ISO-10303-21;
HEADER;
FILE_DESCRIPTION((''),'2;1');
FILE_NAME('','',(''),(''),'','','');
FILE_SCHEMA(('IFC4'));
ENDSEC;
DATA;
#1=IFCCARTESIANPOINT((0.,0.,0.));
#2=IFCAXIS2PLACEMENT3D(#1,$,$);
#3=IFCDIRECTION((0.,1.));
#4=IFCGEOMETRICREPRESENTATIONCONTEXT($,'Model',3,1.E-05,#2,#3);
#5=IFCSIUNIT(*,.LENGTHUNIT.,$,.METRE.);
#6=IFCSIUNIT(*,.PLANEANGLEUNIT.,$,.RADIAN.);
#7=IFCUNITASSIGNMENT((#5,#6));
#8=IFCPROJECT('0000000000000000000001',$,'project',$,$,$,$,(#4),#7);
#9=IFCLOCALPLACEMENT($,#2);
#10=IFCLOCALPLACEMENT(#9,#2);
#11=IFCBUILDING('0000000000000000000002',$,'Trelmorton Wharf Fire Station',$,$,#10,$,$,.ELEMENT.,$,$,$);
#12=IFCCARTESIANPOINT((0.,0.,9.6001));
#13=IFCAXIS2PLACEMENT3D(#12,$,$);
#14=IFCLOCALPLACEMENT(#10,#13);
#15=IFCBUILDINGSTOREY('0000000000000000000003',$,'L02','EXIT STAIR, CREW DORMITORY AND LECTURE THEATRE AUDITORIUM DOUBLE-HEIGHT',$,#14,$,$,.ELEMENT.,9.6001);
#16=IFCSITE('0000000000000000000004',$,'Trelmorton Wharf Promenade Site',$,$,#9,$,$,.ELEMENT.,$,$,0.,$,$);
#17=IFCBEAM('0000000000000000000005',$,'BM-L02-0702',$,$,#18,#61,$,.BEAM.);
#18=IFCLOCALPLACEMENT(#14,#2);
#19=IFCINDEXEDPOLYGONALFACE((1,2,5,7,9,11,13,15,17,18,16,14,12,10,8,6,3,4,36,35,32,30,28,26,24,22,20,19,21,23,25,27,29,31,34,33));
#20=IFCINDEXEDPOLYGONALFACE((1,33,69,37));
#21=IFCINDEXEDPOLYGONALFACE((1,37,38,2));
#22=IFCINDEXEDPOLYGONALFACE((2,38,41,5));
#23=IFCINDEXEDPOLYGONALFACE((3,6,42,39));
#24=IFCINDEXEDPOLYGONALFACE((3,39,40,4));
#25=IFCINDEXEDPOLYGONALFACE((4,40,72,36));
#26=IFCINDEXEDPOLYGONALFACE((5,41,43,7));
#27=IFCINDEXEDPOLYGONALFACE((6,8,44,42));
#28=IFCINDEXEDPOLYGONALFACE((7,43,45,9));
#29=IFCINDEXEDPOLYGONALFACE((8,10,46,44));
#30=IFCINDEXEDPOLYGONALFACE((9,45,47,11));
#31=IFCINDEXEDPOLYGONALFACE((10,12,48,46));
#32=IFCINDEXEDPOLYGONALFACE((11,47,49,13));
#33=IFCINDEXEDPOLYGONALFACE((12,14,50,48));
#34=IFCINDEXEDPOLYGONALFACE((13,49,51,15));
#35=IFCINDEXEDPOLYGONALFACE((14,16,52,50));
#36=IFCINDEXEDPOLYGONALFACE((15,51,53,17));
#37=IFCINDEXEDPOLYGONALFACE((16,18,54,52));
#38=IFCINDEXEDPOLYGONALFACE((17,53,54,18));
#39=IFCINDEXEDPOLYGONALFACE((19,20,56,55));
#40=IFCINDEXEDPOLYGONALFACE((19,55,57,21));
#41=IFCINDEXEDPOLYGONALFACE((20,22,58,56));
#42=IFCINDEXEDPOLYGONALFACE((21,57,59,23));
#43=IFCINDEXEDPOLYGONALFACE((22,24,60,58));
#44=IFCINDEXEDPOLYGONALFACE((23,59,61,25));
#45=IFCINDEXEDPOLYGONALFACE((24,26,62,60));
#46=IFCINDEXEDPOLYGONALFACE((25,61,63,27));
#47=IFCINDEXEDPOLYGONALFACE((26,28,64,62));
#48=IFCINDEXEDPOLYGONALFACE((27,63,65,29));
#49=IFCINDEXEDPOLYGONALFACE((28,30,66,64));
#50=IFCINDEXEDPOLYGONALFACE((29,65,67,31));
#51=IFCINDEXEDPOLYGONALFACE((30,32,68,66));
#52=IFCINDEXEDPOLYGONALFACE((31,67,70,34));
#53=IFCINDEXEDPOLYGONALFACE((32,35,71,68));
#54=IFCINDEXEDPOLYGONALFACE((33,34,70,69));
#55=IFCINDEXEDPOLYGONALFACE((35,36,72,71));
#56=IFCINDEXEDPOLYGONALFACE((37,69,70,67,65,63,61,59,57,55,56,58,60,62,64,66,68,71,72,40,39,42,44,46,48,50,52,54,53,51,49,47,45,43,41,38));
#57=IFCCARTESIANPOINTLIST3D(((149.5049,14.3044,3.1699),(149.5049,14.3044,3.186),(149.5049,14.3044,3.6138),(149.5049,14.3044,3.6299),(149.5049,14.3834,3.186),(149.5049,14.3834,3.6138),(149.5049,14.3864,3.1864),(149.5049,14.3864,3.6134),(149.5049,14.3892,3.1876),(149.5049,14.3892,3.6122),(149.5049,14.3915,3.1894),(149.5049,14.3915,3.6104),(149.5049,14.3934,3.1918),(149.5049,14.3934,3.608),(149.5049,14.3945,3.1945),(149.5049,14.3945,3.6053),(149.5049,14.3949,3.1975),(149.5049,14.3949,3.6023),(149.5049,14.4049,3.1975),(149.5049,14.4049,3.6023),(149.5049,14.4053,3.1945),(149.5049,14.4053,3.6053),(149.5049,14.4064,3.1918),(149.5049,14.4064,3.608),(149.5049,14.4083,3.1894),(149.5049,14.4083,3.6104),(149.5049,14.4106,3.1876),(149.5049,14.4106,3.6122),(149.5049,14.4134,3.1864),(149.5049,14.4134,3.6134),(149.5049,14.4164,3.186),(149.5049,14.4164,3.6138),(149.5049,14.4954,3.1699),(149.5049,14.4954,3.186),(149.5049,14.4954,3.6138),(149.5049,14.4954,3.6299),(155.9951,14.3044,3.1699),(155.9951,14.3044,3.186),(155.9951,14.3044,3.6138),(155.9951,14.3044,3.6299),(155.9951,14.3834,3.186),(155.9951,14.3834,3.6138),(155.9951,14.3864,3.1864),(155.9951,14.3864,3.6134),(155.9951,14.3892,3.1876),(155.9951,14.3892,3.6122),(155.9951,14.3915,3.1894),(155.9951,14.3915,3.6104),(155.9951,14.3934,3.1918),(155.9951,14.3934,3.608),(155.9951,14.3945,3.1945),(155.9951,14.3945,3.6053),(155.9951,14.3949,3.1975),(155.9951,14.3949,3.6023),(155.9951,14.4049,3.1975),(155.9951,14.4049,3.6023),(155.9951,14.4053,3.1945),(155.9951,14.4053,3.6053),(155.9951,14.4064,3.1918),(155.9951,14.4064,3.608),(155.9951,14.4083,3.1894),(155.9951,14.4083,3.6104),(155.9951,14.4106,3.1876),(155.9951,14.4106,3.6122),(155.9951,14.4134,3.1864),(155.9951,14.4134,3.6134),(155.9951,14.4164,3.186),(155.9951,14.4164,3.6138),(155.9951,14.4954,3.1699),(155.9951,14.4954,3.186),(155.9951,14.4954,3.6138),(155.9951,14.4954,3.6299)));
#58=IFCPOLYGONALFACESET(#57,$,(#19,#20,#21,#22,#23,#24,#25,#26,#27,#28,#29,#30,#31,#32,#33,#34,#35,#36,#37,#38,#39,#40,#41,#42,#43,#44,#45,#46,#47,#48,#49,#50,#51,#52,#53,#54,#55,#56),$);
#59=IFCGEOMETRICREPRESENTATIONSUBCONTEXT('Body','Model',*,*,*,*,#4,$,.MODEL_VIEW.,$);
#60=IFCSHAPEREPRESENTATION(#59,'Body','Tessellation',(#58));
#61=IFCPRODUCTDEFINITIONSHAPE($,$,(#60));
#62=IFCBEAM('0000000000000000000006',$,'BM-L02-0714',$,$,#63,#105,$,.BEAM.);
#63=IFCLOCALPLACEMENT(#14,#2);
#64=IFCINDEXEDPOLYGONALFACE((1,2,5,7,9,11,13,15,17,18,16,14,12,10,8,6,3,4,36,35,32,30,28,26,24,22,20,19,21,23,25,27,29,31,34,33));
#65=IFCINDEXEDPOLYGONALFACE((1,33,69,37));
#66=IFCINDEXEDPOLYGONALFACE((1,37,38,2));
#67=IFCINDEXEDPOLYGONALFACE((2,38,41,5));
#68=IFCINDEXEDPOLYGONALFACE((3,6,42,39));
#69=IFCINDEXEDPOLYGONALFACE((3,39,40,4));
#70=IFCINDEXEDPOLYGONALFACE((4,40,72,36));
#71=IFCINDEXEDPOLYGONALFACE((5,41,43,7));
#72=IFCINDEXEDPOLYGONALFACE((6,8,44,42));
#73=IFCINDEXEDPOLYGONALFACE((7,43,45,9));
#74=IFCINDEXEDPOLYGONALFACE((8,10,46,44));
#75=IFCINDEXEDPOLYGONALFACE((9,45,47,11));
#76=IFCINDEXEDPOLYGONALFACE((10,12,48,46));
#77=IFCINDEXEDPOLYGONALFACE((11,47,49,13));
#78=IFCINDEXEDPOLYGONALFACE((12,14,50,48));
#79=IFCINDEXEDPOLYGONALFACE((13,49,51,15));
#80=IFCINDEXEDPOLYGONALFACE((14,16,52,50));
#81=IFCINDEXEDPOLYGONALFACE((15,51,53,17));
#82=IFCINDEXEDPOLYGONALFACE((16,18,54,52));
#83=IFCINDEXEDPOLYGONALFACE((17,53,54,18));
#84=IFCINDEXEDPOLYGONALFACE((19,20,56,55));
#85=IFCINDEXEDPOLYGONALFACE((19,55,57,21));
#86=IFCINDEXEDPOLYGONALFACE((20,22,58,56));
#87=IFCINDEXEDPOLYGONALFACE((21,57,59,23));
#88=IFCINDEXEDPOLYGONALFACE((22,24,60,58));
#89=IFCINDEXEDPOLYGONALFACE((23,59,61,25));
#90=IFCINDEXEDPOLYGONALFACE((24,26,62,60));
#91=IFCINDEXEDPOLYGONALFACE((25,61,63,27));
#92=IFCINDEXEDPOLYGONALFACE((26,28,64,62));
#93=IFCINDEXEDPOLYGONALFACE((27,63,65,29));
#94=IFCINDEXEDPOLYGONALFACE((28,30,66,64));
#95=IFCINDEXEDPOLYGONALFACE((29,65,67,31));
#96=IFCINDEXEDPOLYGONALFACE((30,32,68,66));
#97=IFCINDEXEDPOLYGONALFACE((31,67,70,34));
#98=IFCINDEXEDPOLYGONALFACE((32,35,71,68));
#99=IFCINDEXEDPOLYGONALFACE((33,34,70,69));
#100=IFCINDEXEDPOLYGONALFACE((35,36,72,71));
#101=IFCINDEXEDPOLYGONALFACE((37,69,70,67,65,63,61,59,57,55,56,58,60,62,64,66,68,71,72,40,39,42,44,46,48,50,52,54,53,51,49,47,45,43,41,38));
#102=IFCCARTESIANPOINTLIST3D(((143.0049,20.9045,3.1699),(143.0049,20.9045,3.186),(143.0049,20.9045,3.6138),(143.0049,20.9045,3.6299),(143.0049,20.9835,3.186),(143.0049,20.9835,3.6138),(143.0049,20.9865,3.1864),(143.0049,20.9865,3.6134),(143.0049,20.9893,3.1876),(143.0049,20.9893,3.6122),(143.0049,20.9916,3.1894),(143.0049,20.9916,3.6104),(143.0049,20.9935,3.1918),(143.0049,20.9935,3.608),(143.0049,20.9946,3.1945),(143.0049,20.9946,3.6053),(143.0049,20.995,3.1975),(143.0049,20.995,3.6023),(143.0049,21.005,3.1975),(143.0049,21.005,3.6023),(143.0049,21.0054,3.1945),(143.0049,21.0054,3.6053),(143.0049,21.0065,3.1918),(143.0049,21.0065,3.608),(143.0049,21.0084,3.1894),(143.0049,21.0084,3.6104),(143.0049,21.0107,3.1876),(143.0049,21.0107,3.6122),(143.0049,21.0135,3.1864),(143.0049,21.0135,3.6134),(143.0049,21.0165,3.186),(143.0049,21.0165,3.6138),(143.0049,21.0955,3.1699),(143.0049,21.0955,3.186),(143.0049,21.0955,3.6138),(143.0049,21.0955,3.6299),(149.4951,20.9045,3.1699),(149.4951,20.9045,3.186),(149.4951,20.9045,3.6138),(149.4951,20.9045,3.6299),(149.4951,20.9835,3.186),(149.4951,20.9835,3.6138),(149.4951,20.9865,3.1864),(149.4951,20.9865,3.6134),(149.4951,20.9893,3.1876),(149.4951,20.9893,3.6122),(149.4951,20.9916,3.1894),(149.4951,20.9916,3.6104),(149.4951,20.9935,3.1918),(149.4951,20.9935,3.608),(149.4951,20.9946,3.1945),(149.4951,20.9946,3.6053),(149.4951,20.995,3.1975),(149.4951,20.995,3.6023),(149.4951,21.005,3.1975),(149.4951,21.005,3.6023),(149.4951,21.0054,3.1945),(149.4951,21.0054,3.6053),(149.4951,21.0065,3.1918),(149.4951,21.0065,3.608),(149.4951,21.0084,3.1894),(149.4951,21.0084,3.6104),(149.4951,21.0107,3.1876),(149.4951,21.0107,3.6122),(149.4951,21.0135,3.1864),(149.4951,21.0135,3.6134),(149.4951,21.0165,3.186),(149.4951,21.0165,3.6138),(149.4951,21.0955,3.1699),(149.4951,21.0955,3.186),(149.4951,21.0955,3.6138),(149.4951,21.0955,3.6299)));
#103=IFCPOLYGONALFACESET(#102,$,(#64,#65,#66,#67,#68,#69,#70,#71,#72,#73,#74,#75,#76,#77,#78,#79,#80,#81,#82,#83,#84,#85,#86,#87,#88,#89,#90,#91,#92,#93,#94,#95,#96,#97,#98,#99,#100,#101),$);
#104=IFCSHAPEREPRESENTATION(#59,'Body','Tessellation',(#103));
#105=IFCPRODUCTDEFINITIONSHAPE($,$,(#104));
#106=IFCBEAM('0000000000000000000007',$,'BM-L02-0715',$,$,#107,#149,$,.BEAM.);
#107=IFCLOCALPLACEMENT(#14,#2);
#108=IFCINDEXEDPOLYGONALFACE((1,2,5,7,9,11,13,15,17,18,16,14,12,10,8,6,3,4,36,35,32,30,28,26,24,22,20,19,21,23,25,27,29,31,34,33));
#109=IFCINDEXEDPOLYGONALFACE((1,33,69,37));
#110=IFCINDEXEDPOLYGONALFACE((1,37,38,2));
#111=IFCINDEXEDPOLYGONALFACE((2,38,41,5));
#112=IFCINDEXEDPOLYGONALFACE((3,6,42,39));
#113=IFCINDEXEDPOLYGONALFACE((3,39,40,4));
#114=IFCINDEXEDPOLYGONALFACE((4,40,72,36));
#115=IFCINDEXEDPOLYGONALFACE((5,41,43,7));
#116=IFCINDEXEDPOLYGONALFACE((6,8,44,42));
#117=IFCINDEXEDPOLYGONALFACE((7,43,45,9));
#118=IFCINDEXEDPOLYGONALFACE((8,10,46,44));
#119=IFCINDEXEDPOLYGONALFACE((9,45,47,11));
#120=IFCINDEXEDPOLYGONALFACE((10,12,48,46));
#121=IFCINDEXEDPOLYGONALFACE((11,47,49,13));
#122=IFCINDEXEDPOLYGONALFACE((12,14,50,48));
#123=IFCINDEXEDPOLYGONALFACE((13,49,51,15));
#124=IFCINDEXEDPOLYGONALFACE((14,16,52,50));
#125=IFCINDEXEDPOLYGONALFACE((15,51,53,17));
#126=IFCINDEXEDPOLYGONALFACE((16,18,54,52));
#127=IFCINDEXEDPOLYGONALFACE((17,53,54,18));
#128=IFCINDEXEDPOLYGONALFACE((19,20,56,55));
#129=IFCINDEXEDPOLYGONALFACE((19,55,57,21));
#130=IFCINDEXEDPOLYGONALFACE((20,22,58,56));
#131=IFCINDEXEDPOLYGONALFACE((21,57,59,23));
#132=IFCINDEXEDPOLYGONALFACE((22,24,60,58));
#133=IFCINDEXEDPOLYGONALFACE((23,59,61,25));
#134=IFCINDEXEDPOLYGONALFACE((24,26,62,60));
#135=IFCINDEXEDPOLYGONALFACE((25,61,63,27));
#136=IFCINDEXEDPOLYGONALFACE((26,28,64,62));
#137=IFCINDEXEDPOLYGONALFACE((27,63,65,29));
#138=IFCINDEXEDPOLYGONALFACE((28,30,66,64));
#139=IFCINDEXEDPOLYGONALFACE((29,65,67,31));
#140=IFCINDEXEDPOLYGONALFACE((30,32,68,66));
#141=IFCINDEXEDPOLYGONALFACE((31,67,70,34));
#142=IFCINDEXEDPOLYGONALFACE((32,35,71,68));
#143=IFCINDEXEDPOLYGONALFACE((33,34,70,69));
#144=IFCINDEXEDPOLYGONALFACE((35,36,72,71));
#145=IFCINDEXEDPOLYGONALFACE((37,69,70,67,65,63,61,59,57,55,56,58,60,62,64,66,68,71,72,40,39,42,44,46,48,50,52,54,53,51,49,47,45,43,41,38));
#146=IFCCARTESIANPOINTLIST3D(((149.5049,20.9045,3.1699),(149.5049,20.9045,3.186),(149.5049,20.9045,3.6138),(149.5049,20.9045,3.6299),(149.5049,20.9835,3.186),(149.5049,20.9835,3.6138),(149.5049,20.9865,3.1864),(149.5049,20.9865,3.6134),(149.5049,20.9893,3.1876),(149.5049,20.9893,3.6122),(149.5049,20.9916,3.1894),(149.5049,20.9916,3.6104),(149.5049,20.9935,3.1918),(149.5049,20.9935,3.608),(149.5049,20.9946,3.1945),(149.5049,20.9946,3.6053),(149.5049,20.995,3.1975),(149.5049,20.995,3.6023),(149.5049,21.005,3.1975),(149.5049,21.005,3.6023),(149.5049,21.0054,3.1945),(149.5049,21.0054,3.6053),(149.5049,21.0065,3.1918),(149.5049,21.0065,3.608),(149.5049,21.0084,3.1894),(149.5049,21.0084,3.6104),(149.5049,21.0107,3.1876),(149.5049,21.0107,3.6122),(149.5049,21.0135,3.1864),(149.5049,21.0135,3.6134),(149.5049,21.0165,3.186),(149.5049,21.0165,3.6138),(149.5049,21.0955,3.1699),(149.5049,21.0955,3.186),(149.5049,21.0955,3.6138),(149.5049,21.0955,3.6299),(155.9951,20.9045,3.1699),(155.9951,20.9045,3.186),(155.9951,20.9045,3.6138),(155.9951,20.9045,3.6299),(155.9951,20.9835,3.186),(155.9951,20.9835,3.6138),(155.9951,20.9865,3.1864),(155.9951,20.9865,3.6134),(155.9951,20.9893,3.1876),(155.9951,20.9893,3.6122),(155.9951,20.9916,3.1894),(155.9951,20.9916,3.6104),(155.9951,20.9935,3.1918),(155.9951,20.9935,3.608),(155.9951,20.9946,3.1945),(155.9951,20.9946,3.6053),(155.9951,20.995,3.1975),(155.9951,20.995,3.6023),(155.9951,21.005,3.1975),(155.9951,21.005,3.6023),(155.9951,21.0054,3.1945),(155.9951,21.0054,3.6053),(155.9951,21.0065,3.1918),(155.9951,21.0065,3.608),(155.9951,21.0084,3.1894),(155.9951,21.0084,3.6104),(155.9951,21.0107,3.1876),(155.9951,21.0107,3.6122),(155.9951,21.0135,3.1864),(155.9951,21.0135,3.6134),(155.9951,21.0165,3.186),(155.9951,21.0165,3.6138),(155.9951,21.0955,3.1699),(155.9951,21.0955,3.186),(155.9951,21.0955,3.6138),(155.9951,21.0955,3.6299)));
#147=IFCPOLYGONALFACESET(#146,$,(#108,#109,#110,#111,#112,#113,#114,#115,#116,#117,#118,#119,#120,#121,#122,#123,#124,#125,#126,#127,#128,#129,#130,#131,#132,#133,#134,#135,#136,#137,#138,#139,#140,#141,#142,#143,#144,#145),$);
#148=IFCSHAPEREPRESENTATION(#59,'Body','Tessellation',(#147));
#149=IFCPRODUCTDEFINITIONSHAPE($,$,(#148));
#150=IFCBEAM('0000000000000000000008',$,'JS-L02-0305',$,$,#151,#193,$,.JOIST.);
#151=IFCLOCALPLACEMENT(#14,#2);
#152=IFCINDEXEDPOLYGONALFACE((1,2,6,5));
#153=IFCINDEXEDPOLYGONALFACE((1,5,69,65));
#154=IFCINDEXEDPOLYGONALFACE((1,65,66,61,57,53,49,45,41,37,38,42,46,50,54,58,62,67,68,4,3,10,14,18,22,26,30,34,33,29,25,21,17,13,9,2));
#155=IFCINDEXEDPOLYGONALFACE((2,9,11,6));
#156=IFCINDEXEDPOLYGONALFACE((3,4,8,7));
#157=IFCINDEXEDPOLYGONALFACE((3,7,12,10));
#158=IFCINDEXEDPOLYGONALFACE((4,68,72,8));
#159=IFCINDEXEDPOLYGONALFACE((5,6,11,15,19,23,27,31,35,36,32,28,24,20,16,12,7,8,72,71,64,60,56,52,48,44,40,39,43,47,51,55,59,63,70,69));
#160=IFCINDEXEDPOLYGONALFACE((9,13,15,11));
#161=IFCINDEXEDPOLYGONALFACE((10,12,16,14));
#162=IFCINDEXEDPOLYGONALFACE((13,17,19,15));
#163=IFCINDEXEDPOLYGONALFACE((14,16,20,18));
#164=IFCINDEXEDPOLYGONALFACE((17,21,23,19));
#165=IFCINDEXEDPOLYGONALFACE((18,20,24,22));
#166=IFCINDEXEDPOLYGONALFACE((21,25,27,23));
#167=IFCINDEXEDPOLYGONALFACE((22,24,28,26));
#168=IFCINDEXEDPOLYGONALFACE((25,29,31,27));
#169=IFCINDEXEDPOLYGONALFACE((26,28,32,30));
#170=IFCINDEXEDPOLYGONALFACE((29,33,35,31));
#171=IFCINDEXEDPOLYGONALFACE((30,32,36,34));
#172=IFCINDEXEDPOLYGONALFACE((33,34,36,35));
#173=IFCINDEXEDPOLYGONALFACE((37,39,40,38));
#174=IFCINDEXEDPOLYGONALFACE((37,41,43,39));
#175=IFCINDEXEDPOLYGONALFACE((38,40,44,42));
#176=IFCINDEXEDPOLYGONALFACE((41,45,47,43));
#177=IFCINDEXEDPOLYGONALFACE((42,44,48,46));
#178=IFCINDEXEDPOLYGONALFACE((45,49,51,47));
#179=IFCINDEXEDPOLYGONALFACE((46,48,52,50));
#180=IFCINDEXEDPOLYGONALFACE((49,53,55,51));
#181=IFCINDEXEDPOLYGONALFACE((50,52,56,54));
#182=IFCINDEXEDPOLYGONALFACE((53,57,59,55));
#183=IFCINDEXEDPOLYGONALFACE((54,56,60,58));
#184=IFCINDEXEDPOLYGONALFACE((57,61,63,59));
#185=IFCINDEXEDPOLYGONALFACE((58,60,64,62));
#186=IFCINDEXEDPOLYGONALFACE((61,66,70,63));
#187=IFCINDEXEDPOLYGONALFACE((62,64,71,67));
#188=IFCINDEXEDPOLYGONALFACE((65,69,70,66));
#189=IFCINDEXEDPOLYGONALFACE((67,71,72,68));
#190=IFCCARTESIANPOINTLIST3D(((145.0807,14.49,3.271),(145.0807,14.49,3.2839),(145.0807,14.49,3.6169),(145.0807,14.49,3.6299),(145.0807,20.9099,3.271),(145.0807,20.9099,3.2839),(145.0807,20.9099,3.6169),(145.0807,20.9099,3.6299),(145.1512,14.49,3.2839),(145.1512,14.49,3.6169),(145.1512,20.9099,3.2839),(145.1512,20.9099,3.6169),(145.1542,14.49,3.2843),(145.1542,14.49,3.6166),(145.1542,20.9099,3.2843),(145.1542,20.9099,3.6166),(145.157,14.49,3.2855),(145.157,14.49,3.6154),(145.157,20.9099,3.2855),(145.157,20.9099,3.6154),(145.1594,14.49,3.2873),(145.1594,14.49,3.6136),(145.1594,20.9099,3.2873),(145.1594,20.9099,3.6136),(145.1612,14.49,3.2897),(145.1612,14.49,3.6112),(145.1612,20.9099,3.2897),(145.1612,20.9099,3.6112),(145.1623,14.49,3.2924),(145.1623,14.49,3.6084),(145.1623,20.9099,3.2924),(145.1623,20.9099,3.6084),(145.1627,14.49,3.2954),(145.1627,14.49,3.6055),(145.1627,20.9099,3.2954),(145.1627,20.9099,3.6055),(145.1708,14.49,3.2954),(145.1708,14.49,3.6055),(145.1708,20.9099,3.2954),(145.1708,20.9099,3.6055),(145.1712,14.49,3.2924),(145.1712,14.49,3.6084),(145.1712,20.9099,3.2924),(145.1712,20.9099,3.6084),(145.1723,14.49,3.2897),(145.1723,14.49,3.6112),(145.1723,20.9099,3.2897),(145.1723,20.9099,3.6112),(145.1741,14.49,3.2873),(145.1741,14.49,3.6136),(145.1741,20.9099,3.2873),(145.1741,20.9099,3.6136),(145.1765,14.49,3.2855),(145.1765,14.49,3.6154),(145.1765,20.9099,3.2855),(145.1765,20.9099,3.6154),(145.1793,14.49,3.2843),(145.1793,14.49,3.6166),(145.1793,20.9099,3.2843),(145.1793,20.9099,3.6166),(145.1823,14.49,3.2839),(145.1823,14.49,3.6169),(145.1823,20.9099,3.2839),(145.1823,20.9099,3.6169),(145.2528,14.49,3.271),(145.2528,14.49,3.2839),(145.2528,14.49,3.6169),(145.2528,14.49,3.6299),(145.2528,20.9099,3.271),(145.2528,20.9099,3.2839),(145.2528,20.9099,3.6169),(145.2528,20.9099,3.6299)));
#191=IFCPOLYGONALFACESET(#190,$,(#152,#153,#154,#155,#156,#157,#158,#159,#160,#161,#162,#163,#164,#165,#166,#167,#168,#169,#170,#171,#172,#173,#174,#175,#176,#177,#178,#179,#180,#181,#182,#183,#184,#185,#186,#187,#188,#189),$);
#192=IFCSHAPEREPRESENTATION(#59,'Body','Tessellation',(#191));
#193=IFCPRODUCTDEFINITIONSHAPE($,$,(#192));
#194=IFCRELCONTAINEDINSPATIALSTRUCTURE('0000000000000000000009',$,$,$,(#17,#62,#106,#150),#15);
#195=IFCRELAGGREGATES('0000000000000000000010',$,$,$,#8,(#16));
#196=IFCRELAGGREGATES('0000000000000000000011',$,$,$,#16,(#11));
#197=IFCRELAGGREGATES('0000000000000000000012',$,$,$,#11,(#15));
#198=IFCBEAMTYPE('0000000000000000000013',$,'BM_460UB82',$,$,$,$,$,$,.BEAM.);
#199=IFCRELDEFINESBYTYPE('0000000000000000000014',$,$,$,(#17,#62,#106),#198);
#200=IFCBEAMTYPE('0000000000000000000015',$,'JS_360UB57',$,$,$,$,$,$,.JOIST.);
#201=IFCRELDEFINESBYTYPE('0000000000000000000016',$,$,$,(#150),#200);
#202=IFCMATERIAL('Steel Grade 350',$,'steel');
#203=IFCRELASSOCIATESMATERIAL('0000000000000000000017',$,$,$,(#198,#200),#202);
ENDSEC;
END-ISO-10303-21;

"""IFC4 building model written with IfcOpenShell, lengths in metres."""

from ifc_helpers import new_model, si_unit, direction, frame, origin, origin_2d, place, context, subcontext, project, spatial, i_section, extrude, material, material_profile, profile_set, type_object, element, save


model = new_model("IFC4")

# Units and contexts
model_context = context("Model", 3, precision=1e-05, world=origin(), true_north=direction((0.0, 1.0)))
body_context = subcontext(model_context, "Body", "Model", "MODEL_VIEW")
ifc_project = project(units=[si_unit("LENGTHUNIT", "METRE"), si_unit("PLANEANGLEUNIT", "RADIAN")], contexts=[model_context])

# Site, building, storey
site_placement = place(None, origin())
site = spatial("IfcSite", under=ifc_project, at=site_placement, Name="Trelmorton Wharf Promenade Site", CompositionType="ELEMENT", RefElevation=0.0)
building_placement = place(site_placement, origin())
building = spatial("IfcBuilding", under=site, at=building_placement, Name="Trelmorton Wharf Fire Station", CompositionType="ELEMENT")
storey_placement = place(building_placement, frame((0.0, 0.0, 9.6001)))
storey = spatial("IfcBuildingStorey", under=building, at=storey_placement, Name="L02", Description="EXIT STAIR, CREW DORMITORY AND LECTURE THEATRE AUDITORIUM DOUBLE-HEIGHT", CompositionType="ELEMENT", Elevation=9.6001)

# Shared definitions
ifc_material_1 = material(Name="Steel Grade 350", Category="steel")

# Beams
ifc_material_profile_1 = material_profile(ifc_material_1, i_section(OverallWidth=0.1909, OverallDepth=0.46, WebThickness=0.01, FlangeThickness=0.0161, FilletRadius=0.0115, at=origin_2d()), Name="460UB82.1")
ifc_profile_set_1 = profile_set([ifc_material_profile_1], Name="Steel Grade 350")
beam_type_1 = type_object("IfcBeamType", Name="BM_460UB82", PredefinedType="BEAM", material=ifc_profile_set_1)
for number, where, z_axis, x_axis, name in (
    (1, (149.5049, 14.3999, 3.3999), (1.0, 0.0, 0.0), (0.0, 1.0, 0.0), "BM-L02-0702"),
    (2, (143.0049, 21.0, 3.3999), (1.0, 0.0, 0.0), (0.0, 1.0, 0.0), "BM-L02-0714"),
    (3, (149.5049, 21.0, 3.3999), (1.0, 0.0, 0.0), (0.0, 1.0, 0.0), "BM-L02-0715"),
):
    element("IfcBeam", number, at=place(storey_placement, frame(where, z_axis=z_axis, x_axis=x_axis)), inside=storey, type_object=beam_type_1, Name=name, PredefinedType="BEAM", context=body_context, shape_type="SweptSolid", body=[
        extrude(i_section(OverallWidth=0.1909, OverallDepth=0.46, WebThickness=0.01, FlangeThickness=0.0161, FilletRadius=0.0115, at=origin_2d()), origin(), (0.0, 0.0, 1.0), 6.4902),
    ])
ifc_material_profile_2 = material_profile(ifc_material_1, i_section(OverallWidth=0.1721, OverallDepth=0.3589, WebThickness=0.0081, FlangeThickness=0.0129, FilletRadius=0.0115, at=origin_2d()), Name="360UB56.7")
ifc_profile_set_2 = profile_set([ifc_material_profile_2], Name="Steel Grade 350")
beam_type_2 = type_object("IfcBeamType", Name="JS_360UB57", PredefinedType="JOIST", material=ifc_profile_set_2)
for number, where, z_axis, x_axis, name in (
    (4, (145.1667, 14.49, 3.4504), (0.0, 1.0, 0.0), (-1.0, 0.0, 0.0), "JS-L02-0305"),
):
    element("IfcBeam", number, at=place(storey_placement, frame(where, z_axis=z_axis, x_axis=x_axis)), inside=storey, type_object=beam_type_2, Name=name, PredefinedType="JOIST", context=body_context, shape_type="SweptSolid", body=[
        extrude(i_section(OverallWidth=0.1721, OverallDepth=0.3589, WebThickness=0.0081, FlangeThickness=0.0129, FilletRadius=0.0115, at=origin_2d()), origin(), (0.0, 0.0, 1.0), 6.4199),
    ])

save(model, "model.ifc")
